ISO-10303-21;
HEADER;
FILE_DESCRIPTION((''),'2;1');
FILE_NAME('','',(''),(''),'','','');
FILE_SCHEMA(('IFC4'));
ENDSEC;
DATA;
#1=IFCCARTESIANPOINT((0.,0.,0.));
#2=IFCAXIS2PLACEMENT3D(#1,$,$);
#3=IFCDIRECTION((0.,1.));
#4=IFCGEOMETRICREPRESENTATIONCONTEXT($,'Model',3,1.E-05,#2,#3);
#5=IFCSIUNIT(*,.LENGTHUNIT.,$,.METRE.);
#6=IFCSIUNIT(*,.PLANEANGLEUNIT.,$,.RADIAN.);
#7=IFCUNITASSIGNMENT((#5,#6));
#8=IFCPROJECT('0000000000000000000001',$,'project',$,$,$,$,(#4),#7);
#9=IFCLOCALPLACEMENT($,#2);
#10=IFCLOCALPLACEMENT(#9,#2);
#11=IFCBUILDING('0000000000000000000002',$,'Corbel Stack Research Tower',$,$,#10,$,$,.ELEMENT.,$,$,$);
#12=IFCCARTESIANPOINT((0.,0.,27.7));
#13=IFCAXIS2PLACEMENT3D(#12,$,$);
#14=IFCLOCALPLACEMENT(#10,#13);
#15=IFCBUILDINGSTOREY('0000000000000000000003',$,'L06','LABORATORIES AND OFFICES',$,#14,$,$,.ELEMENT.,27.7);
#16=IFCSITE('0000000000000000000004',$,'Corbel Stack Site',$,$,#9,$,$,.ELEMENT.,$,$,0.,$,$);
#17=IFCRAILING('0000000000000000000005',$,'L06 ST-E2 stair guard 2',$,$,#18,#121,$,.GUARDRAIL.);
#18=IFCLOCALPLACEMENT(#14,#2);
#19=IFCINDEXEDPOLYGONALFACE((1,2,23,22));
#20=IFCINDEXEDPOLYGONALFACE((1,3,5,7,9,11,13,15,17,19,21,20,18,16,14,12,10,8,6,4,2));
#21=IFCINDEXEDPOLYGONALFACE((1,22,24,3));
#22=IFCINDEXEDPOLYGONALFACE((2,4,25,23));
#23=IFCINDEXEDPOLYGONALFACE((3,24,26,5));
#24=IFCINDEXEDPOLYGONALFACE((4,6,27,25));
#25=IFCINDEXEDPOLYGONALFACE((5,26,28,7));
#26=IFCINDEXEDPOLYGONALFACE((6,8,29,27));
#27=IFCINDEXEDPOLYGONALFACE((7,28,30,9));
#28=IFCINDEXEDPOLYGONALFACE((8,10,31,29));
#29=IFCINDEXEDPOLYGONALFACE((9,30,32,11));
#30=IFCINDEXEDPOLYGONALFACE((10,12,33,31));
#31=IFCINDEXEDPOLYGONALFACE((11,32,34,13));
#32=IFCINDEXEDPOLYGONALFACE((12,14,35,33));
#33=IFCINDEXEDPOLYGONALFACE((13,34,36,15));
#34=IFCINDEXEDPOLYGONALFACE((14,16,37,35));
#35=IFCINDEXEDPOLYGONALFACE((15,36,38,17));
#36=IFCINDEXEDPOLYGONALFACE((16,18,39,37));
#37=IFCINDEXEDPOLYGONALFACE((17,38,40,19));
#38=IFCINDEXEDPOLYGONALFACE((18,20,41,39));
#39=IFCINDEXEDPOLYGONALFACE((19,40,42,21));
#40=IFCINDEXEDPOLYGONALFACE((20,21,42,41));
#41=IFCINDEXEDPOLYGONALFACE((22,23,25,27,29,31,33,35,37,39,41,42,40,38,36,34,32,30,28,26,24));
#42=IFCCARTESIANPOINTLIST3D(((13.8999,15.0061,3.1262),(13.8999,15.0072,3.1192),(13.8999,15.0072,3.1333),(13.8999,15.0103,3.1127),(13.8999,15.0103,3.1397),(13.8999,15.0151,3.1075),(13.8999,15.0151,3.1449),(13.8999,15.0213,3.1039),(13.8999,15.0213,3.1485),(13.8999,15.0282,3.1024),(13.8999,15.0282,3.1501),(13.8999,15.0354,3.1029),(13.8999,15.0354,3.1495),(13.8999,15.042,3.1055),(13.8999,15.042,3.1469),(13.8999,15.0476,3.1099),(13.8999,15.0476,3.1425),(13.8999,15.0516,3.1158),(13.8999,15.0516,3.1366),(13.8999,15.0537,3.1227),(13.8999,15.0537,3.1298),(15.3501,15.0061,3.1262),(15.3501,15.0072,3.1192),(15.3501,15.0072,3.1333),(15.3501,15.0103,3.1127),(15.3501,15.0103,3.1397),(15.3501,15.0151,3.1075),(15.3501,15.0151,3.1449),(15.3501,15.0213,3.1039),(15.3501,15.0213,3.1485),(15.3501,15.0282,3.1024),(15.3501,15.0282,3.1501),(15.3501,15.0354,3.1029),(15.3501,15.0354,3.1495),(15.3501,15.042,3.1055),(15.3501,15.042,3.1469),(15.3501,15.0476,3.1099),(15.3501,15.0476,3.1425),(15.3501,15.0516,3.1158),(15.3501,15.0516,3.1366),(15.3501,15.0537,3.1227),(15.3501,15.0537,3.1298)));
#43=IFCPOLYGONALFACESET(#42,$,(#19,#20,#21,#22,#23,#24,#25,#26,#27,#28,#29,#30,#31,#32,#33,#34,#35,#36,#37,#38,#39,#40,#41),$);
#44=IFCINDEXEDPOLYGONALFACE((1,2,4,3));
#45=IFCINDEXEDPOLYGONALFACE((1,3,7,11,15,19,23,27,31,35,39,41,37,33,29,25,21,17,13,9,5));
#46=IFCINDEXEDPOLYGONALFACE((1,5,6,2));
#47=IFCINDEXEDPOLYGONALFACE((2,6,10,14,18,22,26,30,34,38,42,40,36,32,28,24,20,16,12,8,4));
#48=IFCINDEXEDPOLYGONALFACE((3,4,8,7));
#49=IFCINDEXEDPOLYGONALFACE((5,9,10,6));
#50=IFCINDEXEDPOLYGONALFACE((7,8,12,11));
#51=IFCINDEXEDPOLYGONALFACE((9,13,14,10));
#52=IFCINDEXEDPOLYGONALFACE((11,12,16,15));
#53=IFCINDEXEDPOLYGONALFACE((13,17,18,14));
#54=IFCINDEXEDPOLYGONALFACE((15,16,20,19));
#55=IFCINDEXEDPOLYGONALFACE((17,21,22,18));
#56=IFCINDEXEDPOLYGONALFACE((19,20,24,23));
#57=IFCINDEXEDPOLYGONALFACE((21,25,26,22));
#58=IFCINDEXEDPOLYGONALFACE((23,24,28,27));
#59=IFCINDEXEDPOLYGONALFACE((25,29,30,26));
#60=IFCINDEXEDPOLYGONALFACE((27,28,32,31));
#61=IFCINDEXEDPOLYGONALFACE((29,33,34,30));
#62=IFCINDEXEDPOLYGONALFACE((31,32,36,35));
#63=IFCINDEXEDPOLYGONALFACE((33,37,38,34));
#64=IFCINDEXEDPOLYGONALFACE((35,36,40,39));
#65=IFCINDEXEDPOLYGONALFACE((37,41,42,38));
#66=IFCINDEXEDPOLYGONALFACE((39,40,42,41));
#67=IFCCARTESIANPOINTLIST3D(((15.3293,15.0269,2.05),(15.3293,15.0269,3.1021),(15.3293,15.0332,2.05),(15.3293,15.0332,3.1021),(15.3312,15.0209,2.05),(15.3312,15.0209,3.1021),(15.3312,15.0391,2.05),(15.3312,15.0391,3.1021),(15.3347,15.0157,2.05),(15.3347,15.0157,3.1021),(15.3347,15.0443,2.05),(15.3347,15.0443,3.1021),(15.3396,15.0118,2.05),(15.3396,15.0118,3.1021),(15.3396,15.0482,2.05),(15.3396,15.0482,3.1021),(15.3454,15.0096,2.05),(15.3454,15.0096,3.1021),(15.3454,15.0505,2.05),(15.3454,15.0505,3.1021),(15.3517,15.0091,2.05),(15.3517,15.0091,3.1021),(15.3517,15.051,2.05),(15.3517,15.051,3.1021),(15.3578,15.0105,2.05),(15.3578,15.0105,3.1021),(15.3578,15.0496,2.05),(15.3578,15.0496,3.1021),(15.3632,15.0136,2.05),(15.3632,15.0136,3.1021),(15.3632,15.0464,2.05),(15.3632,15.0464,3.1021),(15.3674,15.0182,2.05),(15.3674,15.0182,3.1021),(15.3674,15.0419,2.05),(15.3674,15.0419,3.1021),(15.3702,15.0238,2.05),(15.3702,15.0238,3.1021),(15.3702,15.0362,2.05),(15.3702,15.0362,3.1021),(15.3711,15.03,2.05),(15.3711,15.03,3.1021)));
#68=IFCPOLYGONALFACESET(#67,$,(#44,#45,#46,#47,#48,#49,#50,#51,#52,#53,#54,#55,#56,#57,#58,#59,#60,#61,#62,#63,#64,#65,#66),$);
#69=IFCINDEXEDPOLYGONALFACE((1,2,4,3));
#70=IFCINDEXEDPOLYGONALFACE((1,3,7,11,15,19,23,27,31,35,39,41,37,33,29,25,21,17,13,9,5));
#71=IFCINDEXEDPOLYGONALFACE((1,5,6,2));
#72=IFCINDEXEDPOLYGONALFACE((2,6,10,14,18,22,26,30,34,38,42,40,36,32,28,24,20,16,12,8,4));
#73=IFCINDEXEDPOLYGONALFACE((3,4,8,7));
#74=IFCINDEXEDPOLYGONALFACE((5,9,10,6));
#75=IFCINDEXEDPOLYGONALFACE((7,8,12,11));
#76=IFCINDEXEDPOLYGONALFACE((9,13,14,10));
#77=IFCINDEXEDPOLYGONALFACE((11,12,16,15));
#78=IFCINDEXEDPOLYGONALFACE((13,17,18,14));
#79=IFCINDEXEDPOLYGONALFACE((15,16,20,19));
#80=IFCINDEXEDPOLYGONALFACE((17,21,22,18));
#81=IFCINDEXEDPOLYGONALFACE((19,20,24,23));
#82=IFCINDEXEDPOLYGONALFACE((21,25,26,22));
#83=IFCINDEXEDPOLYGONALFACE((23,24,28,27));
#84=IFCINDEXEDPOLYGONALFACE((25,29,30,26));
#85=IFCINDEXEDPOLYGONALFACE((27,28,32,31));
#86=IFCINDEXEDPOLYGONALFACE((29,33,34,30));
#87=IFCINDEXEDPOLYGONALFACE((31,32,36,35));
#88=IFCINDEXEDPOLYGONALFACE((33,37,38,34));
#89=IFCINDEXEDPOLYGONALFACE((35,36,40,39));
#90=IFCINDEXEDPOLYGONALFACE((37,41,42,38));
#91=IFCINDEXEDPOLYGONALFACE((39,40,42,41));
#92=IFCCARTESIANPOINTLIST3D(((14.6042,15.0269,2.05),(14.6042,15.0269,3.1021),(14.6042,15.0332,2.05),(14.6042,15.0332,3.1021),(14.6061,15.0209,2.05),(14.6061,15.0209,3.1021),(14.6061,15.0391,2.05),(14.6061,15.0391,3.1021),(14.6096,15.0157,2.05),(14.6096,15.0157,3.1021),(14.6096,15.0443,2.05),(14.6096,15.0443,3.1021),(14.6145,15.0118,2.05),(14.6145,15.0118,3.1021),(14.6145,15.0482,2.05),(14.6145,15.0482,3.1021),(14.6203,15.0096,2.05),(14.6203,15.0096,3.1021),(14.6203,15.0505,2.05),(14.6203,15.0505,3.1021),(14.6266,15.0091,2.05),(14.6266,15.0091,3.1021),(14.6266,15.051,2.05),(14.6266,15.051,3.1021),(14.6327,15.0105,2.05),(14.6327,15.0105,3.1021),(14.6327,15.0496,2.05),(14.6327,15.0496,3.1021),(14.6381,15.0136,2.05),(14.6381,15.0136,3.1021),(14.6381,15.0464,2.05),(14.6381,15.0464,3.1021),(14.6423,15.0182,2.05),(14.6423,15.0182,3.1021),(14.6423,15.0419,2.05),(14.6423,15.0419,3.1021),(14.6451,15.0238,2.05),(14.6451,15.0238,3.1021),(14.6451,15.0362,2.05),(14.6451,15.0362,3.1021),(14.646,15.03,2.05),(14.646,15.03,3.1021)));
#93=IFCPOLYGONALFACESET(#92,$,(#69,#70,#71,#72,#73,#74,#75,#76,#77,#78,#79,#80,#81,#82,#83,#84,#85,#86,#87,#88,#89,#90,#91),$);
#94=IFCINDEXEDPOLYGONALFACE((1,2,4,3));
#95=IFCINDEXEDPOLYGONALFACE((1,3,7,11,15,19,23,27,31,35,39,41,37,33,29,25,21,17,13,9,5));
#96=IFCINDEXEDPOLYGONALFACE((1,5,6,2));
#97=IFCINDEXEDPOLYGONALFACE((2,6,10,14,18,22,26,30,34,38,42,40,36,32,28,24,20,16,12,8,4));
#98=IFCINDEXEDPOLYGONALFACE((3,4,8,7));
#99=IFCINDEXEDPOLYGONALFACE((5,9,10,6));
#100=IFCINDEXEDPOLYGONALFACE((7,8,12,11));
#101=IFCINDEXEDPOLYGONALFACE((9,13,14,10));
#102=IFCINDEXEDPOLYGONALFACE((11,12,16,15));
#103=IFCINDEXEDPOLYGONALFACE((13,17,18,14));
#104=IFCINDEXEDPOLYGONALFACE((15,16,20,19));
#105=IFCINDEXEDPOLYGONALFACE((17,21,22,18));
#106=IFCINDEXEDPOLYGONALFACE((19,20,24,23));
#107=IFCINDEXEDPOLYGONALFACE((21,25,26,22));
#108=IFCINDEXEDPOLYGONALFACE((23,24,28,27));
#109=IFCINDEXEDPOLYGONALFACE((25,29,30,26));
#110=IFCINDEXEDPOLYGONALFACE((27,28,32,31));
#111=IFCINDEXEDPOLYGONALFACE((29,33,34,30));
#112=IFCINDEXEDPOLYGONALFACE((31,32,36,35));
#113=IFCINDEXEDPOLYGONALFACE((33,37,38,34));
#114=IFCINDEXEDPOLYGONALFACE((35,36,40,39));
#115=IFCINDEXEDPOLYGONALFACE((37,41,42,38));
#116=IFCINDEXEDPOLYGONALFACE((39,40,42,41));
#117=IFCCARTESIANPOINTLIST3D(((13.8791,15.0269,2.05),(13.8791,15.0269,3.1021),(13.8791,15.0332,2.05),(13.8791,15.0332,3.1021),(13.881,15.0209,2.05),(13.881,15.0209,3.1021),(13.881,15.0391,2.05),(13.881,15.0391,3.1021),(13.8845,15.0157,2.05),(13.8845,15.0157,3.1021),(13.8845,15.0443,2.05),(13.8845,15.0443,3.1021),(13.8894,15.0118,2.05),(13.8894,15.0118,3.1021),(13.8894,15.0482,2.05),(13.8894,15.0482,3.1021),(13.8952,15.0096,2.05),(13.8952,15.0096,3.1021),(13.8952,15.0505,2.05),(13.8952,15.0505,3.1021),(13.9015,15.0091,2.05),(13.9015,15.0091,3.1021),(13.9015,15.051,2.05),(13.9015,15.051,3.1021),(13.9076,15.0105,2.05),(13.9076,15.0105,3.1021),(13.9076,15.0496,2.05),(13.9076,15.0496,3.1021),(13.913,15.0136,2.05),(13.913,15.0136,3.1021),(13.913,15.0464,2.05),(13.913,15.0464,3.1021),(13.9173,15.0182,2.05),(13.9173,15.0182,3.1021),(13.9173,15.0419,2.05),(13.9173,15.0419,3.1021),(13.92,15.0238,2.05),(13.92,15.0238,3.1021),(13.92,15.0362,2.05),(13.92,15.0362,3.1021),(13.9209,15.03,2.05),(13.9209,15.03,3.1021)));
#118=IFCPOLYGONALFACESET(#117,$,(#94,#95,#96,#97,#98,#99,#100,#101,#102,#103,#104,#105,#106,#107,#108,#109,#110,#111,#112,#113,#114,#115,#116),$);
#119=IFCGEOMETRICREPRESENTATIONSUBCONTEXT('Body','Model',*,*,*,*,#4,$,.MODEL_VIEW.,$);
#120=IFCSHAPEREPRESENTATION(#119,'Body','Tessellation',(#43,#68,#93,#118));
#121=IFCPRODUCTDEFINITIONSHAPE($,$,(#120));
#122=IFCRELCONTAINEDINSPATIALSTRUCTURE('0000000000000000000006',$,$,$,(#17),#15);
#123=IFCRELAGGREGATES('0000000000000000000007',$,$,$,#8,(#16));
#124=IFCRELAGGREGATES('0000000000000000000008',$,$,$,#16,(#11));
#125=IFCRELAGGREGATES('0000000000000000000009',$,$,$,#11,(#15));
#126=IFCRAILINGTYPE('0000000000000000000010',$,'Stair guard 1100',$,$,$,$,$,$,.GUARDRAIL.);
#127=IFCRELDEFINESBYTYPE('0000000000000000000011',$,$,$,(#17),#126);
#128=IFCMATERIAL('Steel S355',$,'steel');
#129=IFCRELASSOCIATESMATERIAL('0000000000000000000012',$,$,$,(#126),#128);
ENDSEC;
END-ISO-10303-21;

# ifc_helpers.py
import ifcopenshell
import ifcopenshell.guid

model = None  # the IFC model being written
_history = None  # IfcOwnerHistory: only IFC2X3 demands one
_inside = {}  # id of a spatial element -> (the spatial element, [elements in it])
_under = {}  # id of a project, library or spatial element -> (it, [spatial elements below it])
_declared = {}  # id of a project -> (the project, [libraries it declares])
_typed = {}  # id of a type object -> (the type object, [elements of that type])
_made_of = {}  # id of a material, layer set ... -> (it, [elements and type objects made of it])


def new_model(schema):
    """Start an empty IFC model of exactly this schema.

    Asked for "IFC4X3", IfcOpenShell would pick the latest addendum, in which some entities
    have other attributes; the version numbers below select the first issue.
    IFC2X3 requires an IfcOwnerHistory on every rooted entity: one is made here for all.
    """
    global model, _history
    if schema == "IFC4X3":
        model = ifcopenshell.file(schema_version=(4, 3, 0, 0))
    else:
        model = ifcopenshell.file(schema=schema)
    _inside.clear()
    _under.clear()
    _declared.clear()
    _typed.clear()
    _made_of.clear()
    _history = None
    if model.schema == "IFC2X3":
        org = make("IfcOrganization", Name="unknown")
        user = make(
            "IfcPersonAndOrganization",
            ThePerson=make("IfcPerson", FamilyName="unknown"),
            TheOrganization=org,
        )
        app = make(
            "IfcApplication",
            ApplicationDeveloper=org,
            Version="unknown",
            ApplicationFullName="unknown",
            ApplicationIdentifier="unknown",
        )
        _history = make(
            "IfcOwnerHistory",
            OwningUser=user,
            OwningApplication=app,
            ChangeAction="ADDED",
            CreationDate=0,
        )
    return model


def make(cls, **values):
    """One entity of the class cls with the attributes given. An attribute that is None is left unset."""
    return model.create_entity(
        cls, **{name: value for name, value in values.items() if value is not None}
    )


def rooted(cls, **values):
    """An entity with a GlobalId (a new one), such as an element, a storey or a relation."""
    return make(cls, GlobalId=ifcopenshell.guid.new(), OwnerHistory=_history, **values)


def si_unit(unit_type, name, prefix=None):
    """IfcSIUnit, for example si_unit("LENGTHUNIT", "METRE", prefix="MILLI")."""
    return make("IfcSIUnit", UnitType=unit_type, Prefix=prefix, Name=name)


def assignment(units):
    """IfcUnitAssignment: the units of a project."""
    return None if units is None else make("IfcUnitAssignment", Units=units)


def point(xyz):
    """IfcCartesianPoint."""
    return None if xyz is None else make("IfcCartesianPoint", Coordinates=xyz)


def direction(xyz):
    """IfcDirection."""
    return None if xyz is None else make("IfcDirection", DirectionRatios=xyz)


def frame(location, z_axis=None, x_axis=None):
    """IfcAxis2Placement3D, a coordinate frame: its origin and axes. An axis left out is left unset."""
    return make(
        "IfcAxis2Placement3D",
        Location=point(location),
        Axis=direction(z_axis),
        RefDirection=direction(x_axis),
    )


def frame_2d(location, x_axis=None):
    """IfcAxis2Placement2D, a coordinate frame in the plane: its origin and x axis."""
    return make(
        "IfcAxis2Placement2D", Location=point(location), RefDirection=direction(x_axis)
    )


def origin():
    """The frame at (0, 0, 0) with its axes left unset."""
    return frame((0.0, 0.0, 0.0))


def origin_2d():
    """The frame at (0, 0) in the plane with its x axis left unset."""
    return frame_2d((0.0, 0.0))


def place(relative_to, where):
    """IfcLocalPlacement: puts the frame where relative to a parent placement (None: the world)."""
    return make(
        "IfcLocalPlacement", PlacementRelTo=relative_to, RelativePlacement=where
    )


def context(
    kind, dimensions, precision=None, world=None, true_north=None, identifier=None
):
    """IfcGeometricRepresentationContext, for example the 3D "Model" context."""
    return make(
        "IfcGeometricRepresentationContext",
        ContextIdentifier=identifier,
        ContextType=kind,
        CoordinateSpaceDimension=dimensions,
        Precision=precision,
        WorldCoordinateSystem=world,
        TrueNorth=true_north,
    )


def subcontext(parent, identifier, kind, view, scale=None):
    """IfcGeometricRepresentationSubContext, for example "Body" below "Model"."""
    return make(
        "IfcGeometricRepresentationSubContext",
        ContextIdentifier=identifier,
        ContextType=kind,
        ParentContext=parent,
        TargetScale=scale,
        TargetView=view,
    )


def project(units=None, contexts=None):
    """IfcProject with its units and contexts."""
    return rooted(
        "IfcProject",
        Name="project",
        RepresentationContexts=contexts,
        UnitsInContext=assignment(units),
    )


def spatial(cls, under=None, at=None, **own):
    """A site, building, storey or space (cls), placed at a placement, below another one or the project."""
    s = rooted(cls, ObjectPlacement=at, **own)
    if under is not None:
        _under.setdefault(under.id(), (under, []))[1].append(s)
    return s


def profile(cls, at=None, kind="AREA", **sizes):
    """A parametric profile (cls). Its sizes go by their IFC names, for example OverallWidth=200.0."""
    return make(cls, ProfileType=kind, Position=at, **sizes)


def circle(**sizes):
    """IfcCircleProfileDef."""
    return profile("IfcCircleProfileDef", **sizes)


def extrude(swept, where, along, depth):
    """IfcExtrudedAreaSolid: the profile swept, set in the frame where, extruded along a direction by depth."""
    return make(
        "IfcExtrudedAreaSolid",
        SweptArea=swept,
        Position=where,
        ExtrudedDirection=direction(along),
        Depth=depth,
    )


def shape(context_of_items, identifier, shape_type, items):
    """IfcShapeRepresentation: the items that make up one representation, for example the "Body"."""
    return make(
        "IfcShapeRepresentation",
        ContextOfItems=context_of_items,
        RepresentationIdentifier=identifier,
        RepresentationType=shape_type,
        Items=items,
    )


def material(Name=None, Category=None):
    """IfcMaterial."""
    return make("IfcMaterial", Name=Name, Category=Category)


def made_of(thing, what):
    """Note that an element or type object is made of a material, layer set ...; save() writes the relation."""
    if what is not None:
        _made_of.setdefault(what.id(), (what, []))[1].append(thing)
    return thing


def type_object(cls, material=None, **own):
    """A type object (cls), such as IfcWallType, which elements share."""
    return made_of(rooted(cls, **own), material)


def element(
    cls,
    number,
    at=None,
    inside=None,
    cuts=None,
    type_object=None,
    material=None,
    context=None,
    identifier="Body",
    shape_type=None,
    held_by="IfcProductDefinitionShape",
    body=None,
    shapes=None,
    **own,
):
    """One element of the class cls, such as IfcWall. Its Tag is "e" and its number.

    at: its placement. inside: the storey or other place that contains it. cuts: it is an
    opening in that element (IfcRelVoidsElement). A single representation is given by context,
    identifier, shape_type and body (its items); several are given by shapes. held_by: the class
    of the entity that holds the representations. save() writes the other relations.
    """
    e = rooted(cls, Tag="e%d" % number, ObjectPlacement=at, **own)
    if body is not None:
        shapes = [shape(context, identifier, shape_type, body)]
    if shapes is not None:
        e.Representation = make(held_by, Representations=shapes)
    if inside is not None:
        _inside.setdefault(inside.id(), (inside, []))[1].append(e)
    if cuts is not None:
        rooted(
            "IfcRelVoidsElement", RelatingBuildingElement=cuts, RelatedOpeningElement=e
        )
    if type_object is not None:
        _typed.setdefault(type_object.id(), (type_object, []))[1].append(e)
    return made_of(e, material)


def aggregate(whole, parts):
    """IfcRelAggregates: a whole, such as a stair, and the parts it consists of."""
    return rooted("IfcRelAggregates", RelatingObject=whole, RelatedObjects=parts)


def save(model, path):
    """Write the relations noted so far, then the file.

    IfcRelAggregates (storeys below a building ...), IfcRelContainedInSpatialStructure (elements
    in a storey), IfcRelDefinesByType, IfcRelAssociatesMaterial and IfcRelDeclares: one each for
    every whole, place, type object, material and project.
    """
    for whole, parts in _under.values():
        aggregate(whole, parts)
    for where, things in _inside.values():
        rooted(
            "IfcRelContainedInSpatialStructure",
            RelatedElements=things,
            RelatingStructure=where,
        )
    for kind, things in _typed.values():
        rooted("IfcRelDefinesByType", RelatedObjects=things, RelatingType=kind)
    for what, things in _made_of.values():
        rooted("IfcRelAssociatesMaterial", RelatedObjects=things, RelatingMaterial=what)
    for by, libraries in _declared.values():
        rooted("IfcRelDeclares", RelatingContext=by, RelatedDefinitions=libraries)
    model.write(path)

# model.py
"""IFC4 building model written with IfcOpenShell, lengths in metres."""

from ifc_helpers import new_model, si_unit, direction, frame, origin, origin_2d, place, context, subcontext, project, spatial, circle, extrude, material, type_object, element, save


model = new_model("IFC4")

# Units and contexts
model_context = context("Model", 3, precision=1e-05, world=origin(), true_north=direction((0.0, 1.0)))
body_context = subcontext(model_context, "Body", "Model", "MODEL_VIEW")
ifc_project = project(units=[si_unit("LENGTHUNIT", "METRE"), si_unit("PLANEANGLEUNIT", "RADIAN")], contexts=[model_context])

# Site, building, storey
site_placement = place(None, origin())
site = spatial("IfcSite", under=ifc_project, at=site_placement, Name="Corbel Stack Site", CompositionType="ELEMENT", RefElevation=0.0)
building_placement = place(site_placement, origin())
building = spatial("IfcBuilding", under=site, at=building_placement, Name="Corbel Stack Research Tower", CompositionType="ELEMENT")
storey_placement = place(building_placement, frame((0.0, 0.0, 27.7)))
storey = spatial("IfcBuildingStorey", under=building, at=storey_placement, Name="L06", Description="LABORATORIES AND OFFICES", CompositionType="ELEMENT", Elevation=27.7)

# Railing
ifc_material_1 = material(Name="Steel S355", Category="steel")
railing_type = type_object("IfcRailingType", Name="Stair guard 1100", PredefinedType="GUARDRAIL", material=ifc_material_1)
railing_1_placement = place(storey_placement, frame((15.3501, 15.03, 2.05)))
element("IfcRailing", 1, at=railing_1_placement, inside=storey, type_object=railing_type, Name="L06 ST-E2 stair guard 2", PredefinedType="GUARDRAIL", context=body_context, shape_type="SweptSolid", body=[
    extrude(circle(Radius=0.0239, at=origin_2d()), frame((0.0, 0.0, 1.0762), z_axis=(-1.0, 0.0, 0.0), x_axis=(0.0, -1.0, 0.0)), (0.0, 0.0, 1.0), 1.4502),
    extrude(circle(Radius=0.021, at=origin_2d()), origin(), (0.0, 0.0, 1.0), 1.052),
    extrude(circle(Radius=0.021, at=origin_2d()), frame((-0.7251, 0.0, 0.0)), (0.0, 0.0, 1.0), 1.052),
    extrude(circle(Radius=0.021, at=origin_2d()), frame((-1.4502, 0.0, 0.0)), (0.0, 0.0, 1.0), 1.052),
])

save(model, "model.ifc")
